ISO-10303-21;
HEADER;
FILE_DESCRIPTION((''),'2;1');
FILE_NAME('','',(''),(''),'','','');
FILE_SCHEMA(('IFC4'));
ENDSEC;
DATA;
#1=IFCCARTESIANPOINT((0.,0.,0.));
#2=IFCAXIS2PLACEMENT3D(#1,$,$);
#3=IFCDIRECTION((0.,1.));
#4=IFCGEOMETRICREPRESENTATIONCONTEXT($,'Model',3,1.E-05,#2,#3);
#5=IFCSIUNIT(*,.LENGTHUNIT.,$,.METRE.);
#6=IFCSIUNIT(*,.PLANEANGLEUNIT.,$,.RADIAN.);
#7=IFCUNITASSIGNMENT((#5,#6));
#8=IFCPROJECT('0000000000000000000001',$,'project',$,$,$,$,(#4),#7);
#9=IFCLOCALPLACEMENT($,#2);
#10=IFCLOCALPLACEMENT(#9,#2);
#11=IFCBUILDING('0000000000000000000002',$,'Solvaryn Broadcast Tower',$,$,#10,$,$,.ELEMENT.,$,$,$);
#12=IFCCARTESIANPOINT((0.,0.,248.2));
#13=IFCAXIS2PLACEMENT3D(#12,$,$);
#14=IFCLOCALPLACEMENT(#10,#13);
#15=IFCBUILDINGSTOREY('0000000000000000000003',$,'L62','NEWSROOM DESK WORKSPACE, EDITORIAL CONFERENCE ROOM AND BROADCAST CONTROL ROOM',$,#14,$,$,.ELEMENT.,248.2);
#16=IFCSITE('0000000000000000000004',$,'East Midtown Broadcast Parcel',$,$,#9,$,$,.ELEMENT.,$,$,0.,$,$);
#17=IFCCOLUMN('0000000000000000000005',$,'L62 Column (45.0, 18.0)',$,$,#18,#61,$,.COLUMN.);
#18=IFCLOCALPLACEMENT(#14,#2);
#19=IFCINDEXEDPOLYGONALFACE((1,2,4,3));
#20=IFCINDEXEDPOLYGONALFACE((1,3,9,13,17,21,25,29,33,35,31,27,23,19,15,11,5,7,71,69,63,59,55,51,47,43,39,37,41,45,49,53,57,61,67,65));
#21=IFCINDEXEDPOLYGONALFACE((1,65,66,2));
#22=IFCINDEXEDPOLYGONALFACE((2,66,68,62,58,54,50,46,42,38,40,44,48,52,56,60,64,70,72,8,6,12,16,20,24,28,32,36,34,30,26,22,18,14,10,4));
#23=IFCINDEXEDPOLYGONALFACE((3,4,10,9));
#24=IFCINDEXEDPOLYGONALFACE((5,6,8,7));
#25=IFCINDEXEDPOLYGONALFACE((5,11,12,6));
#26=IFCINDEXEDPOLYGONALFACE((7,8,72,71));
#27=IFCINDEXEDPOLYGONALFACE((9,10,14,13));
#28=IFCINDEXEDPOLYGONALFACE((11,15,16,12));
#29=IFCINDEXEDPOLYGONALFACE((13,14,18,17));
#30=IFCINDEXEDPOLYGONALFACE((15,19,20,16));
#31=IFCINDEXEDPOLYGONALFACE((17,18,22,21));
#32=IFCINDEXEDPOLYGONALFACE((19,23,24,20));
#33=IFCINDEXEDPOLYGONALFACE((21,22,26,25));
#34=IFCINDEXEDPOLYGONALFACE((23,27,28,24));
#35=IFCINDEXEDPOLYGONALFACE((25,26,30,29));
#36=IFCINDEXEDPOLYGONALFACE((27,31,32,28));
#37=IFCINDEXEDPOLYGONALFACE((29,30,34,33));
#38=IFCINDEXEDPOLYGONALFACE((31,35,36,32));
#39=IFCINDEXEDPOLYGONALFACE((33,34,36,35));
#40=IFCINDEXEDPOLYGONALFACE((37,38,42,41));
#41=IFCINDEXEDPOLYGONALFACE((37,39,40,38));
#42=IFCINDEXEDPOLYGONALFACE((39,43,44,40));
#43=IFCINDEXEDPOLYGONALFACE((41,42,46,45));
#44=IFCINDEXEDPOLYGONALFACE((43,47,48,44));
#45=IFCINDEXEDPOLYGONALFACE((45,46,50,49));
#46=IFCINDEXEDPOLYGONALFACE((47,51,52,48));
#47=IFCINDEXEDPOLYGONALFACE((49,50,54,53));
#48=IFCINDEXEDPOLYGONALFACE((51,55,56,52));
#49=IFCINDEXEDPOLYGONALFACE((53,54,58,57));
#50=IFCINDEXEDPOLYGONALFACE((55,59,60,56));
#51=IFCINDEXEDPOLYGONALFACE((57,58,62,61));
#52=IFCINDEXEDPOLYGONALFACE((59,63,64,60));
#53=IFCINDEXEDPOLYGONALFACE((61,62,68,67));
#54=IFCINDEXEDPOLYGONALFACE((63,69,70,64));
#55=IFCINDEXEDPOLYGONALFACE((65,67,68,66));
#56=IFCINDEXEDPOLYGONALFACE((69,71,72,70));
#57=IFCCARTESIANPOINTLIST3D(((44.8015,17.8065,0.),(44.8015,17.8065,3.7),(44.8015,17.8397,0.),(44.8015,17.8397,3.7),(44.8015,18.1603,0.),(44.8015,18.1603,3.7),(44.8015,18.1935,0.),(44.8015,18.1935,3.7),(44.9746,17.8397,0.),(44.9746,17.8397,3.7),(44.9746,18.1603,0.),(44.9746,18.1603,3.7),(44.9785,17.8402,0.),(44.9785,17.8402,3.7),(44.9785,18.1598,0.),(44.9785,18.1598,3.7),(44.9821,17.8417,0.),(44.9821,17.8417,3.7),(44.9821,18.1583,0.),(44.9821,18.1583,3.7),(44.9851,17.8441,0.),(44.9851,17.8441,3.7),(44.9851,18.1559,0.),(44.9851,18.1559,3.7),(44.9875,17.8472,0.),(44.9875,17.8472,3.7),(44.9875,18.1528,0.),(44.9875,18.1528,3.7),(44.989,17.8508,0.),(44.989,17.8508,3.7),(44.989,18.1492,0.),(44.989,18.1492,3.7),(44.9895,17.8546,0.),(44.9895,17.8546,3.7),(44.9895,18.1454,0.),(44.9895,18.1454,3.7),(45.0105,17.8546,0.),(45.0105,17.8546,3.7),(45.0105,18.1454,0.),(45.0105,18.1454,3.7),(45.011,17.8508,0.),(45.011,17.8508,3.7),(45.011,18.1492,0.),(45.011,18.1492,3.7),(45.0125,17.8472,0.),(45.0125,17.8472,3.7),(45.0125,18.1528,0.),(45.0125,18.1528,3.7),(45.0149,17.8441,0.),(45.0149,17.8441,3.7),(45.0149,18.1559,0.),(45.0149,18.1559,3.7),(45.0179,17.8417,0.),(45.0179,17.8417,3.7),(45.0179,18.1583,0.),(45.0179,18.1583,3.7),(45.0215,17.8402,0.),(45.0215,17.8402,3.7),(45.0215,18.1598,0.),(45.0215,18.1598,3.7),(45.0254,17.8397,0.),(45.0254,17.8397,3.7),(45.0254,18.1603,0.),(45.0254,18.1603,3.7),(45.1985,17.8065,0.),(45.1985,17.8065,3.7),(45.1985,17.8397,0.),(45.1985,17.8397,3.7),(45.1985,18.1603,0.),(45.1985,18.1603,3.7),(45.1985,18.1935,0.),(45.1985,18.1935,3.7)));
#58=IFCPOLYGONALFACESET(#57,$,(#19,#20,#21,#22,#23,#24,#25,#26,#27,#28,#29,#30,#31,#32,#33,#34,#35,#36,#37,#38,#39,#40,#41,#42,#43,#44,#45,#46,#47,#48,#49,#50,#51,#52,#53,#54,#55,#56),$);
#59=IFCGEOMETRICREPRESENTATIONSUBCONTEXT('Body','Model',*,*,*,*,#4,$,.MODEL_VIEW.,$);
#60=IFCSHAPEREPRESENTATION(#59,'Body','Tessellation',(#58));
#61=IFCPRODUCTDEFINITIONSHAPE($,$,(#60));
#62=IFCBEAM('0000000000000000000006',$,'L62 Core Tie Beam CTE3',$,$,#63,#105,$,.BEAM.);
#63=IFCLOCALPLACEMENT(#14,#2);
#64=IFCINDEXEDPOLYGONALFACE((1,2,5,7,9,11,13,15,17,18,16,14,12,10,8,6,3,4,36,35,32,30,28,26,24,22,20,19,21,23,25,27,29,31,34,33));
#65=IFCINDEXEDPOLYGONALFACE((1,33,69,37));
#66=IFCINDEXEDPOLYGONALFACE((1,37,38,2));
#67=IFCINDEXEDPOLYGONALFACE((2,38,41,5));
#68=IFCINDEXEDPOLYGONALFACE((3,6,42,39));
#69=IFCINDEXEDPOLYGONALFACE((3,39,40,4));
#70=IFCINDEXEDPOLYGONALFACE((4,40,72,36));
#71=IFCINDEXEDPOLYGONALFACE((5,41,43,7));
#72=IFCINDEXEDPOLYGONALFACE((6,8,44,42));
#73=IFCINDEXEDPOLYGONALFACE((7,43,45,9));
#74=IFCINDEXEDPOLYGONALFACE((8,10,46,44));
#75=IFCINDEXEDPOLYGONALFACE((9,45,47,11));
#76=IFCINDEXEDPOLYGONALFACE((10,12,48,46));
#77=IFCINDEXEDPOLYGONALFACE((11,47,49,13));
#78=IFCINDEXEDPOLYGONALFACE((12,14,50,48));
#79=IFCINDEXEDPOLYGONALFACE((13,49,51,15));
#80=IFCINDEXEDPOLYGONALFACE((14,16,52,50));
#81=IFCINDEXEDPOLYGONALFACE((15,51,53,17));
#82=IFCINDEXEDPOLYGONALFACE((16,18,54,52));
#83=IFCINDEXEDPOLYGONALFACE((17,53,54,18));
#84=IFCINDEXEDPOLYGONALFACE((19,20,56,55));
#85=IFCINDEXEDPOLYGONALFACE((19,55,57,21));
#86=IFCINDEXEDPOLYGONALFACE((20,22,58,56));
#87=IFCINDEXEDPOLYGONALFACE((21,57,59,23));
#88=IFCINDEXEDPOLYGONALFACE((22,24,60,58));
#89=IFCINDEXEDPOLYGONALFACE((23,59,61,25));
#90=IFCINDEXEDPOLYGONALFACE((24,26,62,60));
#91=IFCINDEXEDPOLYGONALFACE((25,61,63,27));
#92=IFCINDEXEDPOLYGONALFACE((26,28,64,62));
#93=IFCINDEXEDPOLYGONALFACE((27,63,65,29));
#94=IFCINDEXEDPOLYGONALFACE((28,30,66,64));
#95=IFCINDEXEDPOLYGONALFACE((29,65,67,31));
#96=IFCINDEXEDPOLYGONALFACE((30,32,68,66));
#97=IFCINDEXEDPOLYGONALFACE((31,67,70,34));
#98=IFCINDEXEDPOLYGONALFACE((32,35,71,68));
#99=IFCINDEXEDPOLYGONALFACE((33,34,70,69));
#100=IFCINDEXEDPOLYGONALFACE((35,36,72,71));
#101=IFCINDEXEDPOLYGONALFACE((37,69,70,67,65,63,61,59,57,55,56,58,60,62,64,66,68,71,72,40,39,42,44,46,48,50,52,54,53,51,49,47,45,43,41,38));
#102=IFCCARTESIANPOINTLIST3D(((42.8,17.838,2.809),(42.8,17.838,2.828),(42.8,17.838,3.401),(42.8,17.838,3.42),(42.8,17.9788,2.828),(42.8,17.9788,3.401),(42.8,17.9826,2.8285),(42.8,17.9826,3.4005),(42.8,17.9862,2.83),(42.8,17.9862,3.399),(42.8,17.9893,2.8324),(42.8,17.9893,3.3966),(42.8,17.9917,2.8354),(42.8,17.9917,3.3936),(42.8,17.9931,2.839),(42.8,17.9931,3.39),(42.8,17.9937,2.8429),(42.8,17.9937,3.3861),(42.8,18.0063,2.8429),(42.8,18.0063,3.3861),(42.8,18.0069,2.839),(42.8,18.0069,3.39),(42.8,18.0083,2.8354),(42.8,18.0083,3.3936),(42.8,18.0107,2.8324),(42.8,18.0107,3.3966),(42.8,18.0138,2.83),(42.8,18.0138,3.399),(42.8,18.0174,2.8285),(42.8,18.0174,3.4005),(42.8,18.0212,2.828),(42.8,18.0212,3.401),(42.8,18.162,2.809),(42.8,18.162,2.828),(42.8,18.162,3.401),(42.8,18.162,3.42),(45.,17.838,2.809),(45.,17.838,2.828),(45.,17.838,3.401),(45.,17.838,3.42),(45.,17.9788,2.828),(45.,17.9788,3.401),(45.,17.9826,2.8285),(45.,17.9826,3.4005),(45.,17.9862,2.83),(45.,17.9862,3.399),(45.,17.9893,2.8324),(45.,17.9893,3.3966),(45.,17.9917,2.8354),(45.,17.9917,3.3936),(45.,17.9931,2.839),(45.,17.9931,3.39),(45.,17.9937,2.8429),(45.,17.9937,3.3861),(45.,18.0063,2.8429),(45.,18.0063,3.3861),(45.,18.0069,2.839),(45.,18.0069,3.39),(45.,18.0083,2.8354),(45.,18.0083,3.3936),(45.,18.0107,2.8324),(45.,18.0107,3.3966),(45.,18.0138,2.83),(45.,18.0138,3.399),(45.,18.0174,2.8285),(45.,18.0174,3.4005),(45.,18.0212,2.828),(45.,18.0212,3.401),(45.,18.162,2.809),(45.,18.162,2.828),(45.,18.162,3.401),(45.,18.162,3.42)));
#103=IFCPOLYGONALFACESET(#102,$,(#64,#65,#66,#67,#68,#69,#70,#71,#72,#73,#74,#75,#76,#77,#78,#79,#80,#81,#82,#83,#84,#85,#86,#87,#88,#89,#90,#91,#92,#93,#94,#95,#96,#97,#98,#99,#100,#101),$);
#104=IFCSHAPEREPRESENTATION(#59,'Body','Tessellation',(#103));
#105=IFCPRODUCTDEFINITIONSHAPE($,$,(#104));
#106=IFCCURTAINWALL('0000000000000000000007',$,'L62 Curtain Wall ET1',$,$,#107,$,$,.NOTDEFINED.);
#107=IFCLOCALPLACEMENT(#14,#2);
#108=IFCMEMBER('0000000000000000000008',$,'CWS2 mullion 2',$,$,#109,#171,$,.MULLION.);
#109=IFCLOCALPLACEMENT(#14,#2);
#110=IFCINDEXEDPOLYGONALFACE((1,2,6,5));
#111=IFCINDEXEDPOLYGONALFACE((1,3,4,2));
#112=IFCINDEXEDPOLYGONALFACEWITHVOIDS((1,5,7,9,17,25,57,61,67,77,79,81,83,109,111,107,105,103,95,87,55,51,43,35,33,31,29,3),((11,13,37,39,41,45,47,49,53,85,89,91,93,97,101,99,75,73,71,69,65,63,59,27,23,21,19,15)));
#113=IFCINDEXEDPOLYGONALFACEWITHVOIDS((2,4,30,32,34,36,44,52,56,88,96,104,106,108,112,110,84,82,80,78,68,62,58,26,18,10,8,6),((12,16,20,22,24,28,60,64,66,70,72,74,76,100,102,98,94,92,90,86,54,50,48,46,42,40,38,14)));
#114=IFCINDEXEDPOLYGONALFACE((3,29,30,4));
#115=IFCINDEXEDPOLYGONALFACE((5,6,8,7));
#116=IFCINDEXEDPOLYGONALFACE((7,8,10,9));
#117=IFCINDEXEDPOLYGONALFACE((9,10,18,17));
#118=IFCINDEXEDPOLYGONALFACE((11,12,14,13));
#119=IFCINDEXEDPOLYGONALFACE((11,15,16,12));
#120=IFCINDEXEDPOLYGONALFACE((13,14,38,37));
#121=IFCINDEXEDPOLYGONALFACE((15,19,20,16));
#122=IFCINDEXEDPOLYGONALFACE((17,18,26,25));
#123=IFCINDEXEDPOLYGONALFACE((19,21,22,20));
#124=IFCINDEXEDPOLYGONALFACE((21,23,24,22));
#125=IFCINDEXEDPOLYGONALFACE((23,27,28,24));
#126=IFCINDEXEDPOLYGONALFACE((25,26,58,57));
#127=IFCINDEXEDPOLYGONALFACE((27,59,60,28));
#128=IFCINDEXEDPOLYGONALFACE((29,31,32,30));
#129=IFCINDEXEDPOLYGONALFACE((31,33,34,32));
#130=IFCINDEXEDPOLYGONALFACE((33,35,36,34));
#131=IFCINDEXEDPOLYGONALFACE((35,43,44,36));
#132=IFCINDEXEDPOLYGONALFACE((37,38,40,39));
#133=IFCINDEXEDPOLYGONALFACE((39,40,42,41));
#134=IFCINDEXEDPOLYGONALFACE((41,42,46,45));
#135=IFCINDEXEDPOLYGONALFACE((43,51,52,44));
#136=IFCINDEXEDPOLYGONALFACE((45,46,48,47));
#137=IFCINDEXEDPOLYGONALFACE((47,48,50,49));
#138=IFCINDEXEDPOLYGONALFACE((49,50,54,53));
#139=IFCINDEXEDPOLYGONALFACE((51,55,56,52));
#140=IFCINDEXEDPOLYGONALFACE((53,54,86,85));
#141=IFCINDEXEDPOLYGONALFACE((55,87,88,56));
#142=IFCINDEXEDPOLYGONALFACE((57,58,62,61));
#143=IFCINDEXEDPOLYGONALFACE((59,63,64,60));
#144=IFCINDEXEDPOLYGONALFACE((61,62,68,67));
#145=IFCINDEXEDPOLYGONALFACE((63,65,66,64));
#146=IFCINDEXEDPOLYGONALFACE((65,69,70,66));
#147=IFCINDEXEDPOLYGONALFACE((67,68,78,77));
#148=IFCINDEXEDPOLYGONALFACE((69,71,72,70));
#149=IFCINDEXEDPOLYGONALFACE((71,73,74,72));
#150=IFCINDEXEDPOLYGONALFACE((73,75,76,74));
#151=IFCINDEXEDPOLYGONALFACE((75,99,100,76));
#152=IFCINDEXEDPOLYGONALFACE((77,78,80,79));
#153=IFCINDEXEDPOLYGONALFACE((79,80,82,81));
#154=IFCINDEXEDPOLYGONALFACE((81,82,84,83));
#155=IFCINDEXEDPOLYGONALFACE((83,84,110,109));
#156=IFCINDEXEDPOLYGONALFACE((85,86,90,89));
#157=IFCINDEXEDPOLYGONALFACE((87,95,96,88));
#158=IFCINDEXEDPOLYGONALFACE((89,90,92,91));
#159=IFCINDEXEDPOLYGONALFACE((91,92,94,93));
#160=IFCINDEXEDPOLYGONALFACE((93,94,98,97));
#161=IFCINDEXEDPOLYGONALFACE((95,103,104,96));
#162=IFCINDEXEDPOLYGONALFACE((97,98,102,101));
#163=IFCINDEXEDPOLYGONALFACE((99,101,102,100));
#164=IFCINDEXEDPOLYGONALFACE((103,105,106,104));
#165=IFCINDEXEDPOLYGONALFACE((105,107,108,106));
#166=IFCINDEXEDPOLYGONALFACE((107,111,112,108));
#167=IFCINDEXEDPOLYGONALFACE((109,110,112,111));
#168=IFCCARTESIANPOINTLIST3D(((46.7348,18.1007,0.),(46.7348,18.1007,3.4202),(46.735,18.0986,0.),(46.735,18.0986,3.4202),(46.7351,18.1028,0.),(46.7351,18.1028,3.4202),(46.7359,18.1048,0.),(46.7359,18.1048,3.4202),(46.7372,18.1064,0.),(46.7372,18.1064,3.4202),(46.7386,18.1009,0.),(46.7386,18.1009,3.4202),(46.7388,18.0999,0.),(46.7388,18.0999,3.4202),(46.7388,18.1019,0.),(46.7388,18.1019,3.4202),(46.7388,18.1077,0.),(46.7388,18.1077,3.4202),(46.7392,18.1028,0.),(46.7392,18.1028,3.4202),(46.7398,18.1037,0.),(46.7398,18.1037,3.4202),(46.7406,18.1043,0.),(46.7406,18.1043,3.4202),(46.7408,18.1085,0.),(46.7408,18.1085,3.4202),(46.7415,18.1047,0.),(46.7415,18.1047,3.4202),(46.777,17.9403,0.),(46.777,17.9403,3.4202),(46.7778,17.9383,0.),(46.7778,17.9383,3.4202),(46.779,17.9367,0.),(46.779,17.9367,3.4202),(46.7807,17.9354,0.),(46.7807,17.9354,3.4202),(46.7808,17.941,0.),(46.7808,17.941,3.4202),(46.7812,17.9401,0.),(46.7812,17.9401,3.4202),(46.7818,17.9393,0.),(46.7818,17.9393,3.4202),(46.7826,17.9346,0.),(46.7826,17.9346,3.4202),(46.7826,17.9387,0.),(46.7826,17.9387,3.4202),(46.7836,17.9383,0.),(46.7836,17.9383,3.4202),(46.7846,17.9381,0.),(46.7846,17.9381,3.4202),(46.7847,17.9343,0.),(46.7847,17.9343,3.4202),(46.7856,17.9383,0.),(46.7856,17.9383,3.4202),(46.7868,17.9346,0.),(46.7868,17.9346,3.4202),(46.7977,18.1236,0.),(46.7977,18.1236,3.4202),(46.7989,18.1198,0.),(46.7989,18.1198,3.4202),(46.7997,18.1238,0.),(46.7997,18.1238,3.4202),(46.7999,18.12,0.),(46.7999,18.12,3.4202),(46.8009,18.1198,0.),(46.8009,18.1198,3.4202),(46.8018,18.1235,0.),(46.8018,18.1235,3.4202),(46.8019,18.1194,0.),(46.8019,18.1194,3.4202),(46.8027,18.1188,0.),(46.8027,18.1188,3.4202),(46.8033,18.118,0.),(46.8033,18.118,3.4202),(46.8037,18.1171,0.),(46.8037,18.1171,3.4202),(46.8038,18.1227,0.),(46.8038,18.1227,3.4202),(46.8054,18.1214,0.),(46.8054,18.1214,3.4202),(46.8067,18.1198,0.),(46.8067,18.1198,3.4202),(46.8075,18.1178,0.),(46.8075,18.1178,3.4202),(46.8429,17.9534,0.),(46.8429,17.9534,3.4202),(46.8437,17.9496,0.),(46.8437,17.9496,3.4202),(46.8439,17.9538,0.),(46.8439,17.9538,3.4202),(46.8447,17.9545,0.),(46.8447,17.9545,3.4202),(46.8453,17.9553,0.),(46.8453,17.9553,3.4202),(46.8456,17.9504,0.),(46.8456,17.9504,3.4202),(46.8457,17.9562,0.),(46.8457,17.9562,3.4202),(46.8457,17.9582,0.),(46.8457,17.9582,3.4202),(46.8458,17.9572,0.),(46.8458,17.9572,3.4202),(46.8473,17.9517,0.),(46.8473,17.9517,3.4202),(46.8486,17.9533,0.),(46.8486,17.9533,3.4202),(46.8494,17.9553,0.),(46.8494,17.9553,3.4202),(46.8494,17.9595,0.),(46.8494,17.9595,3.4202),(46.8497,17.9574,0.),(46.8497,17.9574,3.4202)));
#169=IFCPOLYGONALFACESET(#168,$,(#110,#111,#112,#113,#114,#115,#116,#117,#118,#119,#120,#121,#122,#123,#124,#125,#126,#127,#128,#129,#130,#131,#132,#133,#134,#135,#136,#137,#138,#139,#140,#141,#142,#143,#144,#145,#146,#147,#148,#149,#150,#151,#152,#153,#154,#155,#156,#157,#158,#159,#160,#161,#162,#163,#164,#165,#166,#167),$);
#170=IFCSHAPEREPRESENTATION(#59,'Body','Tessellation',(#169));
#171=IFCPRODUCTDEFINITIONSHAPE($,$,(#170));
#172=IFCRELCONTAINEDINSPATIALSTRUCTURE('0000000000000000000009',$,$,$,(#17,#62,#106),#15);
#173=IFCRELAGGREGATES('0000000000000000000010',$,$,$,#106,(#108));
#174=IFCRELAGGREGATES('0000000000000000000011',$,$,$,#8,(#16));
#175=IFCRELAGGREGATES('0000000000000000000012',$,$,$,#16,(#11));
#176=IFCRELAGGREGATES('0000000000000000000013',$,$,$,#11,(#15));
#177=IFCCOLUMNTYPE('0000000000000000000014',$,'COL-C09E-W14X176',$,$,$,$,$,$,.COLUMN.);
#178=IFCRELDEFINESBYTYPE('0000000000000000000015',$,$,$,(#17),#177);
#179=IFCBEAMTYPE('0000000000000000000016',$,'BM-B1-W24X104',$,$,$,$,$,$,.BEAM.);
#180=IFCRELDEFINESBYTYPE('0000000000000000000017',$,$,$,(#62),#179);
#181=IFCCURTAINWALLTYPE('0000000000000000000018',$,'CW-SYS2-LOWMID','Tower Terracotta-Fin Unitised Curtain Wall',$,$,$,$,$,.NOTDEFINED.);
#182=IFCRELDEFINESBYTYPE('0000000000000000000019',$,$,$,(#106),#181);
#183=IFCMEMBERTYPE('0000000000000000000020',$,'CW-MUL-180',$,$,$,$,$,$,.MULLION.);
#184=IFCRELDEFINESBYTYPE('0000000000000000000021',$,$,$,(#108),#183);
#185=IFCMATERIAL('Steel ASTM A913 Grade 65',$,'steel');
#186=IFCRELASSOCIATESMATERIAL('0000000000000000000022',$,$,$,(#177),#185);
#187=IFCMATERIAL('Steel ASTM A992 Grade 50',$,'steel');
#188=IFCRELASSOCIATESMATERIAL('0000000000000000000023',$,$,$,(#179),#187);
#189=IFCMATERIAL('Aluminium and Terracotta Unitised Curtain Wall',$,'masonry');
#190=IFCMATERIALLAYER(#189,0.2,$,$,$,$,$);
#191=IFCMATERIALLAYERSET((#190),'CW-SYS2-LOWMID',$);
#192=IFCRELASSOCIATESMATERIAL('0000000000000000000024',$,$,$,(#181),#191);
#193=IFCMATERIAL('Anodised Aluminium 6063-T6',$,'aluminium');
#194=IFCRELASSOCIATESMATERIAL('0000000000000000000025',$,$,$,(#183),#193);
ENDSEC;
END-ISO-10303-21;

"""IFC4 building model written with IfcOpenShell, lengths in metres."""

from ifc_helpers import new_model, si_unit, direction, frame, origin, origin_2d, place, context, subcontext, project, spatial, hollow_rectangle, i_section, extrude, material, layer, layer_set, material_profile, profile_set, type_object, element, aggregate, save


model = new_model("IFC4")

# Units and contexts
model_context = context("Model", 3, precision=1e-05, world=origin(), true_north=direction((0.0, 1.0)))
body_context = subcontext(model_context, "Body", "Model", "MODEL_VIEW")
ifc_project = project(units=[si_unit("LENGTHUNIT", "METRE"), si_unit("PLANEANGLEUNIT", "RADIAN")], contexts=[model_context])

# Site, building, storey
site_placement = place(None, origin())
site = spatial("IfcSite", under=ifc_project, at=site_placement, Name="East Midtown Broadcast Parcel", CompositionType="ELEMENT", RefElevation=0.0)
building_placement = place(site_placement, origin())
building = spatial("IfcBuilding", under=site, at=building_placement, Name="Solvaryn Broadcast Tower", CompositionType="ELEMENT")
storey_placement = place(building_placement, frame((0.0, 0.0, 248.2)))
storey = spatial("IfcBuildingStorey", under=building, at=storey_placement, Name="L62", Description="NEWSROOM DESK WORKSPACE, EDITORIAL CONFERENCE ROOM AND BROADCAST CONTROL ROOM", CompositionType="ELEMENT", Elevation=248.2)

# Column
ifc_material_1 = material(Name="Steel ASTM A913 Grade 65", Category="steel")
ifc_material_profile_1 = material_profile(ifc_material_1, i_section(OverallWidth=0.397, OverallDepth=0.387, WebThickness=0.021, FlangeThickness=0.0332, FilletRadius=0.0149, at=origin_2d()))
ifc_profile_set_1 = profile_set([ifc_material_profile_1], Name="Steel ASTM A913 Grade 65")
column_type = type_object("IfcColumnType", Name="COL-C09E-W14X176", PredefinedType="COLUMN", material=ifc_profile_set_1)
column_placement = place(storey_placement, frame((45.0, 18.0, 0.0), z_axis=(0.0, 0.0, 1.0), x_axis=(1.0, 0.0, 0.0)))
element("IfcColumn", 1, at=column_placement, inside=storey, type_object=column_type, Name="L62 Column (45.0, 18.0)", PredefinedType="COLUMN", context=body_context, shape_type="SweptSolid", body=[
    extrude(i_section(OverallWidth=0.397, OverallDepth=0.387, WebThickness=0.021, FlangeThickness=0.0332, FilletRadius=0.0149, at=origin_2d()), origin(), (0.0, 0.0, 1.0), 3.7),
])

# Beam
ifc_material_2 = material(Name="Steel ASTM A992 Grade 50", Category="steel")
ifc_material_profile_2 = material_profile(ifc_material_2, i_section(OverallWidth=0.324, OverallDepth=0.6111, WebThickness=0.0127, FlangeThickness=0.019, FilletRadius=0.0149, at=origin_2d()))
ifc_profile_set_2 = profile_set([ifc_material_profile_2], Name="Steel ASTM A992 Grade 50")
beam_type = type_object("IfcBeamType", Name="BM-B1-W24X104", PredefinedType="BEAM", material=ifc_profile_set_2)
beam_placement = place(storey_placement, frame((42.8, 18.0, 3.1145), z_axis=(1.0, 0.0, 0.0), x_axis=(0.0, 1.0, 0.0)))
element("IfcBeam", 2, at=beam_placement, inside=storey, type_object=beam_type, Name="L62 Core Tie Beam CTE3", PredefinedType="BEAM", context=body_context, shape_type="SweptSolid", body=[
    extrude(i_section(OverallWidth=0.324, OverallDepth=0.6111, WebThickness=0.0127, FlangeThickness=0.019, FilletRadius=0.0149, at=origin_2d()), origin(), (0.0, 0.0, 1.0), 2.2),
])

# Curtain wall, member
ifc_material_3 = material(Name="Aluminium and Terracotta Unitised Curtain Wall", Category="masonry")
ifc_layer_1 = layer(ifc_material_3, 0.2)
ifc_layer_set_1 = layer_set([ifc_layer_1], Name="CW-SYS2-LOWMID")
curtain_wall_type = type_object("IfcCurtainWallType", Name="CW-SYS2-LOWMID", Description="Tower Terracotta-Fin Unitised Curtain Wall", PredefinedType="NOTDEFINED", material=ifc_layer_set_1)
curtain_wall_1_placement = place(storey_placement, origin())
curtain_wall_1 = element("IfcCurtainWall", 3, at=curtain_wall_1_placement, inside=storey, type_object=curtain_wall_type, Name="L62 Curtain Wall ET1", PredefinedType="NOTDEFINED")
ifc_material_4 = material(Name="Anodised Aluminium 6063-T6", Category="aluminium")
ifc_material_profile_3 = material_profile(ifc_material_4, hollow_rectangle(XDim=0.075, YDim=0.1799, WallThickness=0.0039, InnerFilletRadius=0.0039, OuterFilletRadius=0.0081, at=origin_2d()))
ifc_profile_set_3 = profile_set([ifc_material_profile_3], Name="Anodised Aluminium 6063-T6")
member_type_1 = type_object("IfcMemberType", Name="CW-MUL-180", PredefinedType="MULLION", material=ifc_profile_set_3)
member_1_placement = place(storey_placement, frame((46.7922, 18.0291, 0.0), z_axis=(0.0, 0.0, 1.0), x_axis=(0.966705, 0.255893, 0.0)))
member_1 = element("IfcMember", 4, at=member_1_placement, type_object=member_type_1, Name="CWS2 mullion 2", PredefinedType="MULLION", context=body_context, shape_type="SweptSolid", body=[
    extrude(hollow_rectangle(XDim=0.075, YDim=0.1799, WallThickness=0.0039, InnerFilletRadius=0.0039, OuterFilletRadius=0.0081, at=origin_2d()), origin(), (0.0, 0.0, 1.0), 3.4202),
])

aggregate(curtain_wall_1, [member_1])

save(model, "model.ifc")
